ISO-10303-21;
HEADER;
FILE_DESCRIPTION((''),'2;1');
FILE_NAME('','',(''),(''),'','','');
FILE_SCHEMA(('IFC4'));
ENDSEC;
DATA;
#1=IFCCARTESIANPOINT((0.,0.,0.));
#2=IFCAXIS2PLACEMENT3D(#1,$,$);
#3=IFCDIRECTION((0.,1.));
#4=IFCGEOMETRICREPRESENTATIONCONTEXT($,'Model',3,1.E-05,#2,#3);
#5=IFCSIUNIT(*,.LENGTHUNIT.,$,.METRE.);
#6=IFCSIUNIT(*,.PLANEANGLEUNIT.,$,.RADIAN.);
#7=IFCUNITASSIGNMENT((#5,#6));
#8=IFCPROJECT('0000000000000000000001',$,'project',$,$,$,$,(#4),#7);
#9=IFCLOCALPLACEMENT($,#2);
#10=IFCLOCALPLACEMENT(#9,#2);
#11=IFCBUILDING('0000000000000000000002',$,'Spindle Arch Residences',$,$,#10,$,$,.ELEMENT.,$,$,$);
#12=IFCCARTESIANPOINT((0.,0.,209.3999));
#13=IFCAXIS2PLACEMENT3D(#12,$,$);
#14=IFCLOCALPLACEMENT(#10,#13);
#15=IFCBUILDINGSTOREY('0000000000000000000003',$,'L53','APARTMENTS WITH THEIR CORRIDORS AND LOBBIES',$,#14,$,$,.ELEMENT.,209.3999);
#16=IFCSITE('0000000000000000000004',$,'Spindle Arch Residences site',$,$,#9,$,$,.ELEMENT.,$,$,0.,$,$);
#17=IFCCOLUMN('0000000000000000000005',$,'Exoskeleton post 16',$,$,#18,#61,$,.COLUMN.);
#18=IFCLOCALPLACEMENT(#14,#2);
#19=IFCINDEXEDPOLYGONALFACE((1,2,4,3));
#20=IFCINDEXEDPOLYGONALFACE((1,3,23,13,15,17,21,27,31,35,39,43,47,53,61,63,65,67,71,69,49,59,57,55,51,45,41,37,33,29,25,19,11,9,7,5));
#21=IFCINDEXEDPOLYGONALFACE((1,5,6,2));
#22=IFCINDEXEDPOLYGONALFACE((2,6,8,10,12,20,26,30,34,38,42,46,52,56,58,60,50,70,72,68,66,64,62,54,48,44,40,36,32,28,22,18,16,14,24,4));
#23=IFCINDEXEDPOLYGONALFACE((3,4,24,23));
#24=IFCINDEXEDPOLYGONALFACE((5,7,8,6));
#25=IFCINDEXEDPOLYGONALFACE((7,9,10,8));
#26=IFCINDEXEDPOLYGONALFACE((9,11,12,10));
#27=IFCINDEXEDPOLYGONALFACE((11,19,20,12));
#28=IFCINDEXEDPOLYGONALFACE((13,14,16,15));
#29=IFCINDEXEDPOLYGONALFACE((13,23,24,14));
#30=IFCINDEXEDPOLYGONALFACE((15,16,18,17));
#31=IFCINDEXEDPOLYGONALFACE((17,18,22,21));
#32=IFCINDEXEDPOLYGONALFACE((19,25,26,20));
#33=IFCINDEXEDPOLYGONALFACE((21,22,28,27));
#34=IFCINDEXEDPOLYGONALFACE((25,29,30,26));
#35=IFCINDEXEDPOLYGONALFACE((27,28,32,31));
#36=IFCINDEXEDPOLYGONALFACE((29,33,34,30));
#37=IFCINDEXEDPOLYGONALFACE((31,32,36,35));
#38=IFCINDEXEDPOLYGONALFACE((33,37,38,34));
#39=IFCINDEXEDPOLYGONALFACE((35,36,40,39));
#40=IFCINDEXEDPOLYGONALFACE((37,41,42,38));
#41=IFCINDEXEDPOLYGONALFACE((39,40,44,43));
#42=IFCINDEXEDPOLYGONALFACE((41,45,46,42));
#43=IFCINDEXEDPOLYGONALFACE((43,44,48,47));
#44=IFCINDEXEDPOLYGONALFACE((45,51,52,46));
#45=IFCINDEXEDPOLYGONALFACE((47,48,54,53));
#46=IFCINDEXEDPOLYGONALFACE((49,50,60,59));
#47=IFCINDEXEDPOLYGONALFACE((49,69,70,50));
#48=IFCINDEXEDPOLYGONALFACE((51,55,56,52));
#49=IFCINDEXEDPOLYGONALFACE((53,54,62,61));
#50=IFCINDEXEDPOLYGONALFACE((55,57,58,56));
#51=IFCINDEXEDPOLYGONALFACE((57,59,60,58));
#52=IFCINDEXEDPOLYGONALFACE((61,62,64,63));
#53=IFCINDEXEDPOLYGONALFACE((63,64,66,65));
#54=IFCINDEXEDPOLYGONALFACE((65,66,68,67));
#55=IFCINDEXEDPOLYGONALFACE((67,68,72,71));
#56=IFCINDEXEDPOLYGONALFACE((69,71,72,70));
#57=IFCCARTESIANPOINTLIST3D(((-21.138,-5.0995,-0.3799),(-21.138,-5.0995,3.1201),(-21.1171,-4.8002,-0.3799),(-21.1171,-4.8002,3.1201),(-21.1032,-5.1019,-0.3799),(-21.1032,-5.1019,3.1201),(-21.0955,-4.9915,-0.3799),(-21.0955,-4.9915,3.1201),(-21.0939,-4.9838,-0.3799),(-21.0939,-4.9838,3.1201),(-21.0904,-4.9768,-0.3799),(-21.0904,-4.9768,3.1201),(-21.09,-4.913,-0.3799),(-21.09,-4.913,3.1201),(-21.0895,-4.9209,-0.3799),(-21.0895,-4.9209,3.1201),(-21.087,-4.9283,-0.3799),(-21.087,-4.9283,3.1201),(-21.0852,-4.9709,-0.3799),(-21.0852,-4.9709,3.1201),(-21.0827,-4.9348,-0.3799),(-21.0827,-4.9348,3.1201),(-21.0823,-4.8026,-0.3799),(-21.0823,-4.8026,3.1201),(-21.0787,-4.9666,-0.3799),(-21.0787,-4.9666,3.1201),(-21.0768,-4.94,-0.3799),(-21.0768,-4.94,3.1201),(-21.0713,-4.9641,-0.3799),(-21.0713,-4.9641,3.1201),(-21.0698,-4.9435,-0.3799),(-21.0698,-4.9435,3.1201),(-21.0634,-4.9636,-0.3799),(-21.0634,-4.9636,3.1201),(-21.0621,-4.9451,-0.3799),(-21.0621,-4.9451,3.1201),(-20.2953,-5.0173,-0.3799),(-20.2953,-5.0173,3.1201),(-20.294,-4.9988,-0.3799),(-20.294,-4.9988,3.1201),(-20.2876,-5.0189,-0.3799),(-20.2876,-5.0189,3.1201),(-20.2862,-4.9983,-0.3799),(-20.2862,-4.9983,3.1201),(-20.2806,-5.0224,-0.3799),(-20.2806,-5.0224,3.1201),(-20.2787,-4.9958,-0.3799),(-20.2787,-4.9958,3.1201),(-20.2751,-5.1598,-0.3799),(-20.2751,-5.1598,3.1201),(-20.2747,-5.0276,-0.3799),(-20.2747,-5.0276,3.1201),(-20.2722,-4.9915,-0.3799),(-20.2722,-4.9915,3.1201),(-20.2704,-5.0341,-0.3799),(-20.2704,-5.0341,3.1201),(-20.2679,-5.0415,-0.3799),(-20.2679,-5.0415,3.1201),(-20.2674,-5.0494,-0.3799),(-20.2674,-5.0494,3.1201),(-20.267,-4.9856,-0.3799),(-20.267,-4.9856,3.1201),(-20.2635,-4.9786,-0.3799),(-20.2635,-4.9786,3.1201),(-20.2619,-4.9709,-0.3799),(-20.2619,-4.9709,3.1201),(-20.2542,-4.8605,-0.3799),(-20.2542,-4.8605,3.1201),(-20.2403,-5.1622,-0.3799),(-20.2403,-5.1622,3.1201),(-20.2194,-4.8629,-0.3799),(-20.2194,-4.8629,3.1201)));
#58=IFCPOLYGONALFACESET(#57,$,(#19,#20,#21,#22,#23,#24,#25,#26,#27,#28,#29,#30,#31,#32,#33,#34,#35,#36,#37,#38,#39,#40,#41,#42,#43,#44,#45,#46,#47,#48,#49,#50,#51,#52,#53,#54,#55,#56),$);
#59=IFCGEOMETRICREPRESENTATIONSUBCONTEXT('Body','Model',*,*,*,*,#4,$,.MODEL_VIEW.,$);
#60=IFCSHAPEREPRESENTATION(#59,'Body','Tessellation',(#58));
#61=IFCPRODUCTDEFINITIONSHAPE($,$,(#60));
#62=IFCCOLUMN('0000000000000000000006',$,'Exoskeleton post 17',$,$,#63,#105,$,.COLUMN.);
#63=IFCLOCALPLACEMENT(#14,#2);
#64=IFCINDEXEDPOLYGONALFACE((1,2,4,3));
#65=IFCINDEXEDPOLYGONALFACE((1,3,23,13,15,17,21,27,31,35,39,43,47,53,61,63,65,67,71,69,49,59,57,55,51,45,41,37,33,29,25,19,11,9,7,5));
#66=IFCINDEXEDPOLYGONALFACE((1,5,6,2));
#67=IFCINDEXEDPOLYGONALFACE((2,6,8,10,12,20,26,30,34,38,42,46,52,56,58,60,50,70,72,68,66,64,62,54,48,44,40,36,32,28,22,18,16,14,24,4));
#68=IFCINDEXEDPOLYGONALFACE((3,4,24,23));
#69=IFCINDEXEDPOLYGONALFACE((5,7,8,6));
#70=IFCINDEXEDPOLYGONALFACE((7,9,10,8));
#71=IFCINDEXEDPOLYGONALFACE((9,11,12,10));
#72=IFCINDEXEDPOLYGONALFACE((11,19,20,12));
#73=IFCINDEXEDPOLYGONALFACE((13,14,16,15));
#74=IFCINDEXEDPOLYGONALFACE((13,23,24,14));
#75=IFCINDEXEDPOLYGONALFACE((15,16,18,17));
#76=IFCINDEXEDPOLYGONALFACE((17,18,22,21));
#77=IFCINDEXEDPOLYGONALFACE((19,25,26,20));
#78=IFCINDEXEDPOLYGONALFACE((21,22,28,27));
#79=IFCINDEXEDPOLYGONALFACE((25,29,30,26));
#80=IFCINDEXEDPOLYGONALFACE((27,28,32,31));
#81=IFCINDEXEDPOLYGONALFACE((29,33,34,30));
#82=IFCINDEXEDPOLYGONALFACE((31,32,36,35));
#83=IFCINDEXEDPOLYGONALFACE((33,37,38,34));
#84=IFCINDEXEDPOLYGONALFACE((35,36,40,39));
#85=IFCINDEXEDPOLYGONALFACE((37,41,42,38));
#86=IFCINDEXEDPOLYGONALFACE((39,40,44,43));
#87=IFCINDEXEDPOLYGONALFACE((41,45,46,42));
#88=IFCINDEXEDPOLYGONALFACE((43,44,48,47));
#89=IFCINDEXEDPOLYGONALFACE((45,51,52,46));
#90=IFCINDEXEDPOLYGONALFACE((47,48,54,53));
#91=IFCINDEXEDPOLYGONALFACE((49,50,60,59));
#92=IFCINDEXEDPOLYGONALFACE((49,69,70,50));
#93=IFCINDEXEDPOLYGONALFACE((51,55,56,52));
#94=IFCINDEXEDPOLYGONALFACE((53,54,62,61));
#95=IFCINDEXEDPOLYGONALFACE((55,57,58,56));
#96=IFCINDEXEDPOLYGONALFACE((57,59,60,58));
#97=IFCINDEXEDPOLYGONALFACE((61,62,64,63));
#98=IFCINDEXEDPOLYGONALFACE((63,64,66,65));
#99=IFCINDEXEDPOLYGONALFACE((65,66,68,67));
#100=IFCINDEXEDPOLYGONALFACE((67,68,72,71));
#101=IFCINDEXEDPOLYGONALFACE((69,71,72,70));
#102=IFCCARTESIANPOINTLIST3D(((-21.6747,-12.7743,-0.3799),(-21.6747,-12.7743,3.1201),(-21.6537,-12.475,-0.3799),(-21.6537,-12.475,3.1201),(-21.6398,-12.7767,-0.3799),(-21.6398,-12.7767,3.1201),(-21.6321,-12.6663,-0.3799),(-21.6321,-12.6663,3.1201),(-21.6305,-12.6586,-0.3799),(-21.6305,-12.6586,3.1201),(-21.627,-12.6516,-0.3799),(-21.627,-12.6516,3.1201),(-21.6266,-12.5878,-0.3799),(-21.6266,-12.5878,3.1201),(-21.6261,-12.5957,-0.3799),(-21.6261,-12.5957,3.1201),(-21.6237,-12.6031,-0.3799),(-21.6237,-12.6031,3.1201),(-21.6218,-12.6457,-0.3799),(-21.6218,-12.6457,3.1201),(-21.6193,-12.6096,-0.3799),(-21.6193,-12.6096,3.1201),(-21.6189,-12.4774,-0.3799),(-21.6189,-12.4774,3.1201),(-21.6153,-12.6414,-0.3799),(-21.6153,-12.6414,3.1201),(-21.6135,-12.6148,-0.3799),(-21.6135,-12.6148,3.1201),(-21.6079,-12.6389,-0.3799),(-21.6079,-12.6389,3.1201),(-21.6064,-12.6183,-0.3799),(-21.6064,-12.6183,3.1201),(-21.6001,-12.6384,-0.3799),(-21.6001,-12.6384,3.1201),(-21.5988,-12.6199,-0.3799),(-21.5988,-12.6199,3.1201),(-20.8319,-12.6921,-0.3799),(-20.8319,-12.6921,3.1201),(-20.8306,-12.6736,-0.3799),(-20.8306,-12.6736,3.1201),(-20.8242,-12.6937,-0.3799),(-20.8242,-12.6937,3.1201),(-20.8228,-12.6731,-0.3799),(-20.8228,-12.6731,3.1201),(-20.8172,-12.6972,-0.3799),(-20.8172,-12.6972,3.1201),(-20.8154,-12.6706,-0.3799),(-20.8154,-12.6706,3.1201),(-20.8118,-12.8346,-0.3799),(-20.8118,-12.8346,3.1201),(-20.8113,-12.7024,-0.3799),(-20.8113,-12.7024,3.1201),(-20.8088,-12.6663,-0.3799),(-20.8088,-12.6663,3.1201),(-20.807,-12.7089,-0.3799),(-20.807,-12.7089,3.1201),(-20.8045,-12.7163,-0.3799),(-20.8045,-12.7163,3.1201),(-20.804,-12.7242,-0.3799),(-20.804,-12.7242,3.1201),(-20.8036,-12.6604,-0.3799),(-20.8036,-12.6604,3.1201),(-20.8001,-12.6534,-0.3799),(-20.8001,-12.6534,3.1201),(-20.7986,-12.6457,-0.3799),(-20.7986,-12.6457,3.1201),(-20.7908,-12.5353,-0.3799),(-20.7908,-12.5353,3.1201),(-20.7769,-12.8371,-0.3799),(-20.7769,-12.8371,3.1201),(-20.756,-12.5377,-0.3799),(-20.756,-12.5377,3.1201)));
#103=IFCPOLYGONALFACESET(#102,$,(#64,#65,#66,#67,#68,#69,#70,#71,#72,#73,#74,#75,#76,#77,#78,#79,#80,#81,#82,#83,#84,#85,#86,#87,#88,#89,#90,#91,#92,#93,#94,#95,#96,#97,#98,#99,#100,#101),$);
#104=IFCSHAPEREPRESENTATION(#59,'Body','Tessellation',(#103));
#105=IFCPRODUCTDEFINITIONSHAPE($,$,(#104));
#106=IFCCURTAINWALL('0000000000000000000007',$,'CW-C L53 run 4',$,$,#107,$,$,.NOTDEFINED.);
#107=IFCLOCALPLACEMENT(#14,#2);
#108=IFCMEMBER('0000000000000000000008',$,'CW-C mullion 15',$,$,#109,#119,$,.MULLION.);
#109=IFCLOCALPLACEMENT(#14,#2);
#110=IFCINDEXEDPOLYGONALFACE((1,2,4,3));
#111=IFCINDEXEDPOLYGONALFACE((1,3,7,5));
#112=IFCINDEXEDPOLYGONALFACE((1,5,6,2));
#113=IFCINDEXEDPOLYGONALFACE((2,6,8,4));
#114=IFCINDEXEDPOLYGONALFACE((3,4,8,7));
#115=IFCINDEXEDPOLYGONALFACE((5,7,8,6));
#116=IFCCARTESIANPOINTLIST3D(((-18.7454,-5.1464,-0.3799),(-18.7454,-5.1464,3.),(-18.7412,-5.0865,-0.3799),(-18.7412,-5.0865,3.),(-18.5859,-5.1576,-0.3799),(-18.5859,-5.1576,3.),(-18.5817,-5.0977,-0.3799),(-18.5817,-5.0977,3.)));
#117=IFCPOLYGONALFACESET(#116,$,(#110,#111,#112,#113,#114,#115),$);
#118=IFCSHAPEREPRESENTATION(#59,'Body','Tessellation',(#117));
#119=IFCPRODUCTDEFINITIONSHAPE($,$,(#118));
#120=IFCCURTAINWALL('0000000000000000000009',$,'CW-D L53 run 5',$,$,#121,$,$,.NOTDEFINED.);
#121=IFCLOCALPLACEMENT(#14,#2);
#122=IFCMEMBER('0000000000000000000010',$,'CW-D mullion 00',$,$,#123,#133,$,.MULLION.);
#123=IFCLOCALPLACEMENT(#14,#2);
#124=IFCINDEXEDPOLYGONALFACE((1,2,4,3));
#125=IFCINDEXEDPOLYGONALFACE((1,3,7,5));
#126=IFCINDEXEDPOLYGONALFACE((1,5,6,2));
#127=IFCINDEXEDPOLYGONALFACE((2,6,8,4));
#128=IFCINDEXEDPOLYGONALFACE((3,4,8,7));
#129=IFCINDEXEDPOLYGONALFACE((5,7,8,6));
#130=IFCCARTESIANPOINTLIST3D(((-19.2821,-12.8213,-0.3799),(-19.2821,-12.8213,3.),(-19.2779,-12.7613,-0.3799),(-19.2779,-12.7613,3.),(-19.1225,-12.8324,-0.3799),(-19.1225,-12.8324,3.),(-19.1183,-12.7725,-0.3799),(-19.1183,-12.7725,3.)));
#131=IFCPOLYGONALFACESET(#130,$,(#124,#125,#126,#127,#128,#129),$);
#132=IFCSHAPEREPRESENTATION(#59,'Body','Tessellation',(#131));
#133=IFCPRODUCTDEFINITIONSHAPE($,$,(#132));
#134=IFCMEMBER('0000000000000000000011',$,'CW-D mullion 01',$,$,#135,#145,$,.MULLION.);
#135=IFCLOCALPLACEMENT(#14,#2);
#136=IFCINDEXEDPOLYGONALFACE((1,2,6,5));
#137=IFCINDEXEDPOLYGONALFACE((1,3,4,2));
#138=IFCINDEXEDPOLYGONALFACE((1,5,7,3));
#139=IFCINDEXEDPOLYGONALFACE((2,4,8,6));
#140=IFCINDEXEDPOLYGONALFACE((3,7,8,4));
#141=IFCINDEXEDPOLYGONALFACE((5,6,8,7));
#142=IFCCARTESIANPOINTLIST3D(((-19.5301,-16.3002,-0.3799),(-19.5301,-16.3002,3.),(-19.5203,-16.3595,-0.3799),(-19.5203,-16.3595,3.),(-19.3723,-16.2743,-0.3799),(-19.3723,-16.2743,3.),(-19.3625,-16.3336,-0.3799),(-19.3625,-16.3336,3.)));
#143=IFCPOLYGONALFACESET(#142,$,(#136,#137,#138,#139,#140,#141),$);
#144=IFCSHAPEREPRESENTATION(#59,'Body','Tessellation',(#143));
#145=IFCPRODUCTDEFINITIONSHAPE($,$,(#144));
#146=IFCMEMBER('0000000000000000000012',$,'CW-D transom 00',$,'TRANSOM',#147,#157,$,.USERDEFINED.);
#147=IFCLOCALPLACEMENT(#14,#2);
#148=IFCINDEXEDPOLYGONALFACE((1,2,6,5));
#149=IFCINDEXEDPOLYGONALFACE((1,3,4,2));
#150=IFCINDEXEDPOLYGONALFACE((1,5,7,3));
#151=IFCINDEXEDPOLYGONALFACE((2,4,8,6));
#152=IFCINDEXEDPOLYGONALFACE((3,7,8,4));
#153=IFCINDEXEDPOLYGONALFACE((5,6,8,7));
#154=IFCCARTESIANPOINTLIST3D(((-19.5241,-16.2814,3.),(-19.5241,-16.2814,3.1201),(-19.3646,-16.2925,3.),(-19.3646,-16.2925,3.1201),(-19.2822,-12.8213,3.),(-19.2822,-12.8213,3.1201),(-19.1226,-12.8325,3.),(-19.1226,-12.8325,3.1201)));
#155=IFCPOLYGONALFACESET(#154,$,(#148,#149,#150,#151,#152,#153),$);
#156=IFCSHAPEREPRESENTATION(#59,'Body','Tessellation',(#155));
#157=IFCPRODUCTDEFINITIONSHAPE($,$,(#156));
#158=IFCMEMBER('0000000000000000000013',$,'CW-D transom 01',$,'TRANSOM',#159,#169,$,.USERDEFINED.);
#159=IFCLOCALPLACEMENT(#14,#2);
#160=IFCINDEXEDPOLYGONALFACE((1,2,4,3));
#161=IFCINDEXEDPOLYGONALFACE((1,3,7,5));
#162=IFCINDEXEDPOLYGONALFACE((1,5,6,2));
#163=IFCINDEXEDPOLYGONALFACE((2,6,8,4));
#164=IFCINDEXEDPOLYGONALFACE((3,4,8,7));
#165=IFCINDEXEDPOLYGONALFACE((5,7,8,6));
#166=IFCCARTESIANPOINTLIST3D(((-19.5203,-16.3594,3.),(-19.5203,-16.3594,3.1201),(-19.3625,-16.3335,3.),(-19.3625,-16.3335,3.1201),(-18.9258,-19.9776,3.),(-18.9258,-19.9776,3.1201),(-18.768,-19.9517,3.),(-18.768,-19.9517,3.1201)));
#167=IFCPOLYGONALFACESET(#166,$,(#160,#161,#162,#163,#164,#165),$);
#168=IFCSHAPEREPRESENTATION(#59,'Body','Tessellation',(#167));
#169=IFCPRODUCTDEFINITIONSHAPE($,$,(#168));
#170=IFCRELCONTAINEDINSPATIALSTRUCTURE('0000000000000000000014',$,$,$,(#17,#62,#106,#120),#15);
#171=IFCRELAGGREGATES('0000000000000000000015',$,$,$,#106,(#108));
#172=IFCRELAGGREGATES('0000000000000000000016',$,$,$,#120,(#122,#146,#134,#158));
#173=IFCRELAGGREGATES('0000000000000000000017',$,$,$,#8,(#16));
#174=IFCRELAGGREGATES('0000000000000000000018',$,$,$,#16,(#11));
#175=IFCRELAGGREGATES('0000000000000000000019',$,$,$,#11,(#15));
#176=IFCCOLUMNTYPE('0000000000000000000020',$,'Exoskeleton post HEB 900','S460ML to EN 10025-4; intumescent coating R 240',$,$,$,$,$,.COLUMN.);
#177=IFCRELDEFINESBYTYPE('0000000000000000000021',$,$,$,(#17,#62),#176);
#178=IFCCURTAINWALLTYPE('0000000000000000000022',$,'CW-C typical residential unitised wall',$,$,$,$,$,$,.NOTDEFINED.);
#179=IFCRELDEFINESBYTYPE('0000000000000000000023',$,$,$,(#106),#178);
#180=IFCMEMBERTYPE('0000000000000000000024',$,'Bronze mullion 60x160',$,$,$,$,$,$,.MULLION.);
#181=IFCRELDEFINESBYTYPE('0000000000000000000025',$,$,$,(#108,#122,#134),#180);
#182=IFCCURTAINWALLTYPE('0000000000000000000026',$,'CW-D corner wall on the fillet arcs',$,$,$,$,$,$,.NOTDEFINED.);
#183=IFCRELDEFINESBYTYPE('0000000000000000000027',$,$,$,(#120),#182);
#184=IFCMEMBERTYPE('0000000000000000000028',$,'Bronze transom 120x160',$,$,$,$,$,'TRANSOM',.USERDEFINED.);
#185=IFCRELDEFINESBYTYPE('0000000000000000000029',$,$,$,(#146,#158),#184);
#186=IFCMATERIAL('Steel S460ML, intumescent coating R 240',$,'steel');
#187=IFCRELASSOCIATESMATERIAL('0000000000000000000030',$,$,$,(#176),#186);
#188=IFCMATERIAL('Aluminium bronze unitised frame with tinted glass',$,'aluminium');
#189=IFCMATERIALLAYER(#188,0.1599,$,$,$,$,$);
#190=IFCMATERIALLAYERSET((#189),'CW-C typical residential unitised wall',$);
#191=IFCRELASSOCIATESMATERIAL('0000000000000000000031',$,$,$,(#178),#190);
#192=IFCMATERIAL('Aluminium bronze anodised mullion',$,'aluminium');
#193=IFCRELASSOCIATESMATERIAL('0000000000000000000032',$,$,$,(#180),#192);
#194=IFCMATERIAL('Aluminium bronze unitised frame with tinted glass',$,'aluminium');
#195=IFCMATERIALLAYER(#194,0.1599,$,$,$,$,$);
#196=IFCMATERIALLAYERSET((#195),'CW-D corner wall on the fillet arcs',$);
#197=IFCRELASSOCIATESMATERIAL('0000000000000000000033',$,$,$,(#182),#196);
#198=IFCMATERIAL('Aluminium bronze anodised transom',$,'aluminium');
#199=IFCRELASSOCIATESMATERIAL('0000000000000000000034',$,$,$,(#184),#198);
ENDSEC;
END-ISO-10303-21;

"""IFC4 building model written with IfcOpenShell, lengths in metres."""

from ifc_helpers import new_model, si_unit, direction, frame, origin, origin_2d, place, context, subcontext, project, spatial, rectangle, i_section, extrude, material, layer, layer_set, material_profile, profile_set, type_object, element, aggregate, save


model = new_model("IFC4")

# Units and contexts
model_context = context("Model", 3, precision=1e-05, world=origin(), true_north=direction((0.0, 1.0)))
body_context = subcontext(model_context, "Body", "Model", "MODEL_VIEW")
ifc_project = project(units=[si_unit("LENGTHUNIT", "METRE"), si_unit("PLANEANGLEUNIT", "RADIAN")], contexts=[model_context])

# Site, building, storey
site_placement = place(None, origin())
site = spatial("IfcSite", under=ifc_project, at=site_placement, Name="Spindle Arch Residences site", CompositionType="ELEMENT", RefElevation=0.0)
building_placement = place(site_placement, origin())
building = spatial("IfcBuilding", under=site, at=building_placement, Name="Spindle Arch Residences", CompositionType="ELEMENT")
storey_placement = place(building_placement, frame((0.0, 0.0, 209.3999)))
storey = spatial("IfcBuildingStorey", under=building, at=storey_placement, Name="L53", Description="APARTMENTS WITH THEIR CORRIDORS AND LOBBIES", CompositionType="ELEMENT", Elevation=209.3999)

# Columns
ifc_material_1 = material(Name="Steel S460ML, intumescent coating R 240", Category="steel")
ifc_material_profile_1 = material_profile(ifc_material_1, i_section(OverallWidth=0.3, OverallDepth=0.8999, WebThickness=0.0186, FlangeThickness=0.0349, FilletRadius=0.03, at=origin_2d()), Name="HEB 900")
ifc_profile_set_1 = profile_set([ifc_material_profile_1], Name="Steel S460ML, intumescent coating R 240")
column_type = type_object("IfcColumnType", Name="Exoskeleton post HEB 900", Description="S460ML to EN 10025-4; intumescent coating R 240", PredefinedType="COLUMN", material=ifc_profile_set_1)
for number, where, z_axis, x_axis, name in (
    (1, (-20.6787, -4.9812, -0.3799), (0.0, 0.0, 1.0), (0.069756, 0.997564, 0.0), "Exoskeleton post 16"),
    (2, (-21.2153, -12.656, -0.3799), (0.0, 0.0, 1.0), (0.069756, 0.997564, 0.0), "Exoskeleton post 17"),
):
    element("IfcColumn", number, at=place(storey_placement, frame(where, z_axis=z_axis, x_axis=x_axis)), inside=storey, type_object=column_type, Name=name, PredefinedType="COLUMN", context=body_context, shape_type="SweptSolid", body=[
        extrude(i_section(OverallWidth=0.3, OverallDepth=0.8999, WebThickness=0.0186, FlangeThickness=0.0349, FilletRadius=0.03, at=origin_2d()), origin(), (0.0, 0.0, 1.0), 3.5),
    ])

# Curtain wall, member
ifc_material_2 = material(Name="Aluminium bronze unitised frame with tinted glass", Category="aluminium")
ifc_layer_1 = layer(ifc_material_2, 0.1599)
ifc_layer_set_1 = layer_set([ifc_layer_1], Name="CW-C typical residential unitised wall")
curtain_wall_type_1 = type_object("IfcCurtainWallType", Name="CW-C typical residential unitised wall", PredefinedType="NOTDEFINED", material=ifc_layer_set_1)
curtain_wall_1_placement = place(storey_placement, origin())
curtain_wall_1 = element("IfcCurtainWall", 3, at=curtain_wall_1_placement, inside=storey, type_object=curtain_wall_type_1, Name="CW-C L53 run 4", PredefinedType="NOTDEFINED")
ifc_material_3 = material(Name="Aluminium bronze anodised mullion", Category="aluminium")
ifc_material_profile_2 = material_profile(ifc_material_3, rectangle(XDim=0.1599, YDim=0.0601, at=origin_2d()), Name="MU 60x160")
ifc_profile_set_2 = profile_set([ifc_material_profile_2], Name="Aluminium bronze anodised mullion")
member_type_1 = type_object("IfcMemberType", Name="Bronze mullion 60x160", PredefinedType="MULLION", material=ifc_profile_set_2)
member_1_placement = place(storey_placement, frame((-18.6636, -5.1221, -0.3799), z_axis=(0.0, 0.0, 1.0), x_axis=(0.997564, -0.069756, 0.0)))
member_1 = element("IfcMember", 4, at=member_1_placement, type_object=member_type_1, Name="CW-C mullion 15", PredefinedType="MULLION", context=body_context, shape_type="SweptSolid", body=[
    extrude(rectangle(XDim=0.1599, YDim=0.0601, at=origin_2d()), origin(), (0.0, 0.0, 1.0), 3.3799),
])

# Curtain wall, members
ifc_material_4 = material(Name="Aluminium bronze unitised frame with tinted glass", Category="aluminium")
ifc_layer_2 = layer(ifc_material_4, 0.1599)
ifc_layer_set_2 = layer_set([ifc_layer_2], Name="CW-D corner wall on the fillet arcs")
curtain_wall_type_2 = type_object("IfcCurtainWallType", Name="CW-D corner wall on the fillet arcs", PredefinedType="NOTDEFINED", material=ifc_layer_set_2)
curtain_wall_2_placement = place(storey_placement, origin())
curtain_wall_2 = element("IfcCurtainWall", 5, at=curtain_wall_2_placement, inside=storey, type_object=curtain_wall_type_2, Name="CW-D L53 run 5", PredefinedType="NOTDEFINED")
member_2_placement = place(storey_placement, frame((-19.2002, -12.7969, -0.3799), z_axis=(0.0, 0.0, 1.0), x_axis=(0.997564, -0.069756, 0.0)))
member_2 = element("IfcMember", 6, at=member_2_placement, type_object=member_type_1, Name="CW-D mullion 00", PredefinedType="MULLION", context=body_context, shape_type="SweptSolid", body=[
    extrude(rectangle(XDim=0.1599, YDim=0.0601, at=origin_2d()), origin(), (0.0, 0.0, 1.0), 3.3799),
])
member_3_placement = place(storey_placement, frame((-19.4463, -16.3169, -0.3799), z_axis=(0.0, 0.0, 1.0), x_axis=(0.986762, 0.162178, 0.0)))
member_3 = element("IfcMember", 7, at=member_3_placement, type_object=member_type_1, Name="CW-D mullion 01", PredefinedType="MULLION", context=body_context, shape_type="SweptSolid", body=[
    extrude(rectangle(XDim=0.1599, YDim=0.0601, at=origin_2d()), origin(), (0.0, 0.0, 1.0), 3.3799),
])
ifc_material_5 = material(Name="Aluminium bronze anodised transom", Category="aluminium")
ifc_material_profile_3 = material_profile(ifc_material_5, rectangle(XDim=0.1599, YDim=0.1201, at=origin_2d()), Name="TR 120x160")
ifc_profile_set_3 = profile_set([ifc_material_profile_3], Name="Aluminium bronze anodised transom")
member_type_2 = type_object("IfcMemberType", Name="Bronze transom 120x160", ElementType="TRANSOM", PredefinedType="USERDEFINED", material=ifc_profile_set_3)
member_4_placement = place(storey_placement, frame((-19.2024, -12.8269, 3.0601), z_axis=(-0.069756, -0.997564, 0.0), x_axis=(0.997564, -0.069756, 0.0)))
member_4 = element("IfcMember", 8, at=member_4_placement, type_object=member_type_2, Name="CW-D transom 00", ObjectType="TRANSOM", PredefinedType="USERDEFINED", context=body_context, shape_type="SweptSolid", body=[
    extrude(rectangle(XDim=0.1599, YDim=0.1201, at=origin_2d()), origin(), (0.0, 0.0, 1.0), 3.4685),
])
member_5_placement = place(storey_placement, frame((-19.4414, -16.3464, 3.0601), z_axis=(0.162131, -0.986769, 0.0), x_axis=(0.986769, 0.162131, 0.0)))
member_5 = element("IfcMember", 9, at=member_5_placement, type_object=member_type_2, Name="CW-D transom 01", ObjectType="TRANSOM", PredefinedType="USERDEFINED", context=body_context, shape_type="SweptSolid", body=[
    extrude(rectangle(XDim=0.1599, YDim=0.1201, at=origin_2d()), origin(), (0.0, 0.0, 1.0), 3.6667),
])

aggregate(curtain_wall_1, [member_1])
aggregate(curtain_wall_2, [member_2, member_4, member_3, member_5])

save(model, "model.ifc")
